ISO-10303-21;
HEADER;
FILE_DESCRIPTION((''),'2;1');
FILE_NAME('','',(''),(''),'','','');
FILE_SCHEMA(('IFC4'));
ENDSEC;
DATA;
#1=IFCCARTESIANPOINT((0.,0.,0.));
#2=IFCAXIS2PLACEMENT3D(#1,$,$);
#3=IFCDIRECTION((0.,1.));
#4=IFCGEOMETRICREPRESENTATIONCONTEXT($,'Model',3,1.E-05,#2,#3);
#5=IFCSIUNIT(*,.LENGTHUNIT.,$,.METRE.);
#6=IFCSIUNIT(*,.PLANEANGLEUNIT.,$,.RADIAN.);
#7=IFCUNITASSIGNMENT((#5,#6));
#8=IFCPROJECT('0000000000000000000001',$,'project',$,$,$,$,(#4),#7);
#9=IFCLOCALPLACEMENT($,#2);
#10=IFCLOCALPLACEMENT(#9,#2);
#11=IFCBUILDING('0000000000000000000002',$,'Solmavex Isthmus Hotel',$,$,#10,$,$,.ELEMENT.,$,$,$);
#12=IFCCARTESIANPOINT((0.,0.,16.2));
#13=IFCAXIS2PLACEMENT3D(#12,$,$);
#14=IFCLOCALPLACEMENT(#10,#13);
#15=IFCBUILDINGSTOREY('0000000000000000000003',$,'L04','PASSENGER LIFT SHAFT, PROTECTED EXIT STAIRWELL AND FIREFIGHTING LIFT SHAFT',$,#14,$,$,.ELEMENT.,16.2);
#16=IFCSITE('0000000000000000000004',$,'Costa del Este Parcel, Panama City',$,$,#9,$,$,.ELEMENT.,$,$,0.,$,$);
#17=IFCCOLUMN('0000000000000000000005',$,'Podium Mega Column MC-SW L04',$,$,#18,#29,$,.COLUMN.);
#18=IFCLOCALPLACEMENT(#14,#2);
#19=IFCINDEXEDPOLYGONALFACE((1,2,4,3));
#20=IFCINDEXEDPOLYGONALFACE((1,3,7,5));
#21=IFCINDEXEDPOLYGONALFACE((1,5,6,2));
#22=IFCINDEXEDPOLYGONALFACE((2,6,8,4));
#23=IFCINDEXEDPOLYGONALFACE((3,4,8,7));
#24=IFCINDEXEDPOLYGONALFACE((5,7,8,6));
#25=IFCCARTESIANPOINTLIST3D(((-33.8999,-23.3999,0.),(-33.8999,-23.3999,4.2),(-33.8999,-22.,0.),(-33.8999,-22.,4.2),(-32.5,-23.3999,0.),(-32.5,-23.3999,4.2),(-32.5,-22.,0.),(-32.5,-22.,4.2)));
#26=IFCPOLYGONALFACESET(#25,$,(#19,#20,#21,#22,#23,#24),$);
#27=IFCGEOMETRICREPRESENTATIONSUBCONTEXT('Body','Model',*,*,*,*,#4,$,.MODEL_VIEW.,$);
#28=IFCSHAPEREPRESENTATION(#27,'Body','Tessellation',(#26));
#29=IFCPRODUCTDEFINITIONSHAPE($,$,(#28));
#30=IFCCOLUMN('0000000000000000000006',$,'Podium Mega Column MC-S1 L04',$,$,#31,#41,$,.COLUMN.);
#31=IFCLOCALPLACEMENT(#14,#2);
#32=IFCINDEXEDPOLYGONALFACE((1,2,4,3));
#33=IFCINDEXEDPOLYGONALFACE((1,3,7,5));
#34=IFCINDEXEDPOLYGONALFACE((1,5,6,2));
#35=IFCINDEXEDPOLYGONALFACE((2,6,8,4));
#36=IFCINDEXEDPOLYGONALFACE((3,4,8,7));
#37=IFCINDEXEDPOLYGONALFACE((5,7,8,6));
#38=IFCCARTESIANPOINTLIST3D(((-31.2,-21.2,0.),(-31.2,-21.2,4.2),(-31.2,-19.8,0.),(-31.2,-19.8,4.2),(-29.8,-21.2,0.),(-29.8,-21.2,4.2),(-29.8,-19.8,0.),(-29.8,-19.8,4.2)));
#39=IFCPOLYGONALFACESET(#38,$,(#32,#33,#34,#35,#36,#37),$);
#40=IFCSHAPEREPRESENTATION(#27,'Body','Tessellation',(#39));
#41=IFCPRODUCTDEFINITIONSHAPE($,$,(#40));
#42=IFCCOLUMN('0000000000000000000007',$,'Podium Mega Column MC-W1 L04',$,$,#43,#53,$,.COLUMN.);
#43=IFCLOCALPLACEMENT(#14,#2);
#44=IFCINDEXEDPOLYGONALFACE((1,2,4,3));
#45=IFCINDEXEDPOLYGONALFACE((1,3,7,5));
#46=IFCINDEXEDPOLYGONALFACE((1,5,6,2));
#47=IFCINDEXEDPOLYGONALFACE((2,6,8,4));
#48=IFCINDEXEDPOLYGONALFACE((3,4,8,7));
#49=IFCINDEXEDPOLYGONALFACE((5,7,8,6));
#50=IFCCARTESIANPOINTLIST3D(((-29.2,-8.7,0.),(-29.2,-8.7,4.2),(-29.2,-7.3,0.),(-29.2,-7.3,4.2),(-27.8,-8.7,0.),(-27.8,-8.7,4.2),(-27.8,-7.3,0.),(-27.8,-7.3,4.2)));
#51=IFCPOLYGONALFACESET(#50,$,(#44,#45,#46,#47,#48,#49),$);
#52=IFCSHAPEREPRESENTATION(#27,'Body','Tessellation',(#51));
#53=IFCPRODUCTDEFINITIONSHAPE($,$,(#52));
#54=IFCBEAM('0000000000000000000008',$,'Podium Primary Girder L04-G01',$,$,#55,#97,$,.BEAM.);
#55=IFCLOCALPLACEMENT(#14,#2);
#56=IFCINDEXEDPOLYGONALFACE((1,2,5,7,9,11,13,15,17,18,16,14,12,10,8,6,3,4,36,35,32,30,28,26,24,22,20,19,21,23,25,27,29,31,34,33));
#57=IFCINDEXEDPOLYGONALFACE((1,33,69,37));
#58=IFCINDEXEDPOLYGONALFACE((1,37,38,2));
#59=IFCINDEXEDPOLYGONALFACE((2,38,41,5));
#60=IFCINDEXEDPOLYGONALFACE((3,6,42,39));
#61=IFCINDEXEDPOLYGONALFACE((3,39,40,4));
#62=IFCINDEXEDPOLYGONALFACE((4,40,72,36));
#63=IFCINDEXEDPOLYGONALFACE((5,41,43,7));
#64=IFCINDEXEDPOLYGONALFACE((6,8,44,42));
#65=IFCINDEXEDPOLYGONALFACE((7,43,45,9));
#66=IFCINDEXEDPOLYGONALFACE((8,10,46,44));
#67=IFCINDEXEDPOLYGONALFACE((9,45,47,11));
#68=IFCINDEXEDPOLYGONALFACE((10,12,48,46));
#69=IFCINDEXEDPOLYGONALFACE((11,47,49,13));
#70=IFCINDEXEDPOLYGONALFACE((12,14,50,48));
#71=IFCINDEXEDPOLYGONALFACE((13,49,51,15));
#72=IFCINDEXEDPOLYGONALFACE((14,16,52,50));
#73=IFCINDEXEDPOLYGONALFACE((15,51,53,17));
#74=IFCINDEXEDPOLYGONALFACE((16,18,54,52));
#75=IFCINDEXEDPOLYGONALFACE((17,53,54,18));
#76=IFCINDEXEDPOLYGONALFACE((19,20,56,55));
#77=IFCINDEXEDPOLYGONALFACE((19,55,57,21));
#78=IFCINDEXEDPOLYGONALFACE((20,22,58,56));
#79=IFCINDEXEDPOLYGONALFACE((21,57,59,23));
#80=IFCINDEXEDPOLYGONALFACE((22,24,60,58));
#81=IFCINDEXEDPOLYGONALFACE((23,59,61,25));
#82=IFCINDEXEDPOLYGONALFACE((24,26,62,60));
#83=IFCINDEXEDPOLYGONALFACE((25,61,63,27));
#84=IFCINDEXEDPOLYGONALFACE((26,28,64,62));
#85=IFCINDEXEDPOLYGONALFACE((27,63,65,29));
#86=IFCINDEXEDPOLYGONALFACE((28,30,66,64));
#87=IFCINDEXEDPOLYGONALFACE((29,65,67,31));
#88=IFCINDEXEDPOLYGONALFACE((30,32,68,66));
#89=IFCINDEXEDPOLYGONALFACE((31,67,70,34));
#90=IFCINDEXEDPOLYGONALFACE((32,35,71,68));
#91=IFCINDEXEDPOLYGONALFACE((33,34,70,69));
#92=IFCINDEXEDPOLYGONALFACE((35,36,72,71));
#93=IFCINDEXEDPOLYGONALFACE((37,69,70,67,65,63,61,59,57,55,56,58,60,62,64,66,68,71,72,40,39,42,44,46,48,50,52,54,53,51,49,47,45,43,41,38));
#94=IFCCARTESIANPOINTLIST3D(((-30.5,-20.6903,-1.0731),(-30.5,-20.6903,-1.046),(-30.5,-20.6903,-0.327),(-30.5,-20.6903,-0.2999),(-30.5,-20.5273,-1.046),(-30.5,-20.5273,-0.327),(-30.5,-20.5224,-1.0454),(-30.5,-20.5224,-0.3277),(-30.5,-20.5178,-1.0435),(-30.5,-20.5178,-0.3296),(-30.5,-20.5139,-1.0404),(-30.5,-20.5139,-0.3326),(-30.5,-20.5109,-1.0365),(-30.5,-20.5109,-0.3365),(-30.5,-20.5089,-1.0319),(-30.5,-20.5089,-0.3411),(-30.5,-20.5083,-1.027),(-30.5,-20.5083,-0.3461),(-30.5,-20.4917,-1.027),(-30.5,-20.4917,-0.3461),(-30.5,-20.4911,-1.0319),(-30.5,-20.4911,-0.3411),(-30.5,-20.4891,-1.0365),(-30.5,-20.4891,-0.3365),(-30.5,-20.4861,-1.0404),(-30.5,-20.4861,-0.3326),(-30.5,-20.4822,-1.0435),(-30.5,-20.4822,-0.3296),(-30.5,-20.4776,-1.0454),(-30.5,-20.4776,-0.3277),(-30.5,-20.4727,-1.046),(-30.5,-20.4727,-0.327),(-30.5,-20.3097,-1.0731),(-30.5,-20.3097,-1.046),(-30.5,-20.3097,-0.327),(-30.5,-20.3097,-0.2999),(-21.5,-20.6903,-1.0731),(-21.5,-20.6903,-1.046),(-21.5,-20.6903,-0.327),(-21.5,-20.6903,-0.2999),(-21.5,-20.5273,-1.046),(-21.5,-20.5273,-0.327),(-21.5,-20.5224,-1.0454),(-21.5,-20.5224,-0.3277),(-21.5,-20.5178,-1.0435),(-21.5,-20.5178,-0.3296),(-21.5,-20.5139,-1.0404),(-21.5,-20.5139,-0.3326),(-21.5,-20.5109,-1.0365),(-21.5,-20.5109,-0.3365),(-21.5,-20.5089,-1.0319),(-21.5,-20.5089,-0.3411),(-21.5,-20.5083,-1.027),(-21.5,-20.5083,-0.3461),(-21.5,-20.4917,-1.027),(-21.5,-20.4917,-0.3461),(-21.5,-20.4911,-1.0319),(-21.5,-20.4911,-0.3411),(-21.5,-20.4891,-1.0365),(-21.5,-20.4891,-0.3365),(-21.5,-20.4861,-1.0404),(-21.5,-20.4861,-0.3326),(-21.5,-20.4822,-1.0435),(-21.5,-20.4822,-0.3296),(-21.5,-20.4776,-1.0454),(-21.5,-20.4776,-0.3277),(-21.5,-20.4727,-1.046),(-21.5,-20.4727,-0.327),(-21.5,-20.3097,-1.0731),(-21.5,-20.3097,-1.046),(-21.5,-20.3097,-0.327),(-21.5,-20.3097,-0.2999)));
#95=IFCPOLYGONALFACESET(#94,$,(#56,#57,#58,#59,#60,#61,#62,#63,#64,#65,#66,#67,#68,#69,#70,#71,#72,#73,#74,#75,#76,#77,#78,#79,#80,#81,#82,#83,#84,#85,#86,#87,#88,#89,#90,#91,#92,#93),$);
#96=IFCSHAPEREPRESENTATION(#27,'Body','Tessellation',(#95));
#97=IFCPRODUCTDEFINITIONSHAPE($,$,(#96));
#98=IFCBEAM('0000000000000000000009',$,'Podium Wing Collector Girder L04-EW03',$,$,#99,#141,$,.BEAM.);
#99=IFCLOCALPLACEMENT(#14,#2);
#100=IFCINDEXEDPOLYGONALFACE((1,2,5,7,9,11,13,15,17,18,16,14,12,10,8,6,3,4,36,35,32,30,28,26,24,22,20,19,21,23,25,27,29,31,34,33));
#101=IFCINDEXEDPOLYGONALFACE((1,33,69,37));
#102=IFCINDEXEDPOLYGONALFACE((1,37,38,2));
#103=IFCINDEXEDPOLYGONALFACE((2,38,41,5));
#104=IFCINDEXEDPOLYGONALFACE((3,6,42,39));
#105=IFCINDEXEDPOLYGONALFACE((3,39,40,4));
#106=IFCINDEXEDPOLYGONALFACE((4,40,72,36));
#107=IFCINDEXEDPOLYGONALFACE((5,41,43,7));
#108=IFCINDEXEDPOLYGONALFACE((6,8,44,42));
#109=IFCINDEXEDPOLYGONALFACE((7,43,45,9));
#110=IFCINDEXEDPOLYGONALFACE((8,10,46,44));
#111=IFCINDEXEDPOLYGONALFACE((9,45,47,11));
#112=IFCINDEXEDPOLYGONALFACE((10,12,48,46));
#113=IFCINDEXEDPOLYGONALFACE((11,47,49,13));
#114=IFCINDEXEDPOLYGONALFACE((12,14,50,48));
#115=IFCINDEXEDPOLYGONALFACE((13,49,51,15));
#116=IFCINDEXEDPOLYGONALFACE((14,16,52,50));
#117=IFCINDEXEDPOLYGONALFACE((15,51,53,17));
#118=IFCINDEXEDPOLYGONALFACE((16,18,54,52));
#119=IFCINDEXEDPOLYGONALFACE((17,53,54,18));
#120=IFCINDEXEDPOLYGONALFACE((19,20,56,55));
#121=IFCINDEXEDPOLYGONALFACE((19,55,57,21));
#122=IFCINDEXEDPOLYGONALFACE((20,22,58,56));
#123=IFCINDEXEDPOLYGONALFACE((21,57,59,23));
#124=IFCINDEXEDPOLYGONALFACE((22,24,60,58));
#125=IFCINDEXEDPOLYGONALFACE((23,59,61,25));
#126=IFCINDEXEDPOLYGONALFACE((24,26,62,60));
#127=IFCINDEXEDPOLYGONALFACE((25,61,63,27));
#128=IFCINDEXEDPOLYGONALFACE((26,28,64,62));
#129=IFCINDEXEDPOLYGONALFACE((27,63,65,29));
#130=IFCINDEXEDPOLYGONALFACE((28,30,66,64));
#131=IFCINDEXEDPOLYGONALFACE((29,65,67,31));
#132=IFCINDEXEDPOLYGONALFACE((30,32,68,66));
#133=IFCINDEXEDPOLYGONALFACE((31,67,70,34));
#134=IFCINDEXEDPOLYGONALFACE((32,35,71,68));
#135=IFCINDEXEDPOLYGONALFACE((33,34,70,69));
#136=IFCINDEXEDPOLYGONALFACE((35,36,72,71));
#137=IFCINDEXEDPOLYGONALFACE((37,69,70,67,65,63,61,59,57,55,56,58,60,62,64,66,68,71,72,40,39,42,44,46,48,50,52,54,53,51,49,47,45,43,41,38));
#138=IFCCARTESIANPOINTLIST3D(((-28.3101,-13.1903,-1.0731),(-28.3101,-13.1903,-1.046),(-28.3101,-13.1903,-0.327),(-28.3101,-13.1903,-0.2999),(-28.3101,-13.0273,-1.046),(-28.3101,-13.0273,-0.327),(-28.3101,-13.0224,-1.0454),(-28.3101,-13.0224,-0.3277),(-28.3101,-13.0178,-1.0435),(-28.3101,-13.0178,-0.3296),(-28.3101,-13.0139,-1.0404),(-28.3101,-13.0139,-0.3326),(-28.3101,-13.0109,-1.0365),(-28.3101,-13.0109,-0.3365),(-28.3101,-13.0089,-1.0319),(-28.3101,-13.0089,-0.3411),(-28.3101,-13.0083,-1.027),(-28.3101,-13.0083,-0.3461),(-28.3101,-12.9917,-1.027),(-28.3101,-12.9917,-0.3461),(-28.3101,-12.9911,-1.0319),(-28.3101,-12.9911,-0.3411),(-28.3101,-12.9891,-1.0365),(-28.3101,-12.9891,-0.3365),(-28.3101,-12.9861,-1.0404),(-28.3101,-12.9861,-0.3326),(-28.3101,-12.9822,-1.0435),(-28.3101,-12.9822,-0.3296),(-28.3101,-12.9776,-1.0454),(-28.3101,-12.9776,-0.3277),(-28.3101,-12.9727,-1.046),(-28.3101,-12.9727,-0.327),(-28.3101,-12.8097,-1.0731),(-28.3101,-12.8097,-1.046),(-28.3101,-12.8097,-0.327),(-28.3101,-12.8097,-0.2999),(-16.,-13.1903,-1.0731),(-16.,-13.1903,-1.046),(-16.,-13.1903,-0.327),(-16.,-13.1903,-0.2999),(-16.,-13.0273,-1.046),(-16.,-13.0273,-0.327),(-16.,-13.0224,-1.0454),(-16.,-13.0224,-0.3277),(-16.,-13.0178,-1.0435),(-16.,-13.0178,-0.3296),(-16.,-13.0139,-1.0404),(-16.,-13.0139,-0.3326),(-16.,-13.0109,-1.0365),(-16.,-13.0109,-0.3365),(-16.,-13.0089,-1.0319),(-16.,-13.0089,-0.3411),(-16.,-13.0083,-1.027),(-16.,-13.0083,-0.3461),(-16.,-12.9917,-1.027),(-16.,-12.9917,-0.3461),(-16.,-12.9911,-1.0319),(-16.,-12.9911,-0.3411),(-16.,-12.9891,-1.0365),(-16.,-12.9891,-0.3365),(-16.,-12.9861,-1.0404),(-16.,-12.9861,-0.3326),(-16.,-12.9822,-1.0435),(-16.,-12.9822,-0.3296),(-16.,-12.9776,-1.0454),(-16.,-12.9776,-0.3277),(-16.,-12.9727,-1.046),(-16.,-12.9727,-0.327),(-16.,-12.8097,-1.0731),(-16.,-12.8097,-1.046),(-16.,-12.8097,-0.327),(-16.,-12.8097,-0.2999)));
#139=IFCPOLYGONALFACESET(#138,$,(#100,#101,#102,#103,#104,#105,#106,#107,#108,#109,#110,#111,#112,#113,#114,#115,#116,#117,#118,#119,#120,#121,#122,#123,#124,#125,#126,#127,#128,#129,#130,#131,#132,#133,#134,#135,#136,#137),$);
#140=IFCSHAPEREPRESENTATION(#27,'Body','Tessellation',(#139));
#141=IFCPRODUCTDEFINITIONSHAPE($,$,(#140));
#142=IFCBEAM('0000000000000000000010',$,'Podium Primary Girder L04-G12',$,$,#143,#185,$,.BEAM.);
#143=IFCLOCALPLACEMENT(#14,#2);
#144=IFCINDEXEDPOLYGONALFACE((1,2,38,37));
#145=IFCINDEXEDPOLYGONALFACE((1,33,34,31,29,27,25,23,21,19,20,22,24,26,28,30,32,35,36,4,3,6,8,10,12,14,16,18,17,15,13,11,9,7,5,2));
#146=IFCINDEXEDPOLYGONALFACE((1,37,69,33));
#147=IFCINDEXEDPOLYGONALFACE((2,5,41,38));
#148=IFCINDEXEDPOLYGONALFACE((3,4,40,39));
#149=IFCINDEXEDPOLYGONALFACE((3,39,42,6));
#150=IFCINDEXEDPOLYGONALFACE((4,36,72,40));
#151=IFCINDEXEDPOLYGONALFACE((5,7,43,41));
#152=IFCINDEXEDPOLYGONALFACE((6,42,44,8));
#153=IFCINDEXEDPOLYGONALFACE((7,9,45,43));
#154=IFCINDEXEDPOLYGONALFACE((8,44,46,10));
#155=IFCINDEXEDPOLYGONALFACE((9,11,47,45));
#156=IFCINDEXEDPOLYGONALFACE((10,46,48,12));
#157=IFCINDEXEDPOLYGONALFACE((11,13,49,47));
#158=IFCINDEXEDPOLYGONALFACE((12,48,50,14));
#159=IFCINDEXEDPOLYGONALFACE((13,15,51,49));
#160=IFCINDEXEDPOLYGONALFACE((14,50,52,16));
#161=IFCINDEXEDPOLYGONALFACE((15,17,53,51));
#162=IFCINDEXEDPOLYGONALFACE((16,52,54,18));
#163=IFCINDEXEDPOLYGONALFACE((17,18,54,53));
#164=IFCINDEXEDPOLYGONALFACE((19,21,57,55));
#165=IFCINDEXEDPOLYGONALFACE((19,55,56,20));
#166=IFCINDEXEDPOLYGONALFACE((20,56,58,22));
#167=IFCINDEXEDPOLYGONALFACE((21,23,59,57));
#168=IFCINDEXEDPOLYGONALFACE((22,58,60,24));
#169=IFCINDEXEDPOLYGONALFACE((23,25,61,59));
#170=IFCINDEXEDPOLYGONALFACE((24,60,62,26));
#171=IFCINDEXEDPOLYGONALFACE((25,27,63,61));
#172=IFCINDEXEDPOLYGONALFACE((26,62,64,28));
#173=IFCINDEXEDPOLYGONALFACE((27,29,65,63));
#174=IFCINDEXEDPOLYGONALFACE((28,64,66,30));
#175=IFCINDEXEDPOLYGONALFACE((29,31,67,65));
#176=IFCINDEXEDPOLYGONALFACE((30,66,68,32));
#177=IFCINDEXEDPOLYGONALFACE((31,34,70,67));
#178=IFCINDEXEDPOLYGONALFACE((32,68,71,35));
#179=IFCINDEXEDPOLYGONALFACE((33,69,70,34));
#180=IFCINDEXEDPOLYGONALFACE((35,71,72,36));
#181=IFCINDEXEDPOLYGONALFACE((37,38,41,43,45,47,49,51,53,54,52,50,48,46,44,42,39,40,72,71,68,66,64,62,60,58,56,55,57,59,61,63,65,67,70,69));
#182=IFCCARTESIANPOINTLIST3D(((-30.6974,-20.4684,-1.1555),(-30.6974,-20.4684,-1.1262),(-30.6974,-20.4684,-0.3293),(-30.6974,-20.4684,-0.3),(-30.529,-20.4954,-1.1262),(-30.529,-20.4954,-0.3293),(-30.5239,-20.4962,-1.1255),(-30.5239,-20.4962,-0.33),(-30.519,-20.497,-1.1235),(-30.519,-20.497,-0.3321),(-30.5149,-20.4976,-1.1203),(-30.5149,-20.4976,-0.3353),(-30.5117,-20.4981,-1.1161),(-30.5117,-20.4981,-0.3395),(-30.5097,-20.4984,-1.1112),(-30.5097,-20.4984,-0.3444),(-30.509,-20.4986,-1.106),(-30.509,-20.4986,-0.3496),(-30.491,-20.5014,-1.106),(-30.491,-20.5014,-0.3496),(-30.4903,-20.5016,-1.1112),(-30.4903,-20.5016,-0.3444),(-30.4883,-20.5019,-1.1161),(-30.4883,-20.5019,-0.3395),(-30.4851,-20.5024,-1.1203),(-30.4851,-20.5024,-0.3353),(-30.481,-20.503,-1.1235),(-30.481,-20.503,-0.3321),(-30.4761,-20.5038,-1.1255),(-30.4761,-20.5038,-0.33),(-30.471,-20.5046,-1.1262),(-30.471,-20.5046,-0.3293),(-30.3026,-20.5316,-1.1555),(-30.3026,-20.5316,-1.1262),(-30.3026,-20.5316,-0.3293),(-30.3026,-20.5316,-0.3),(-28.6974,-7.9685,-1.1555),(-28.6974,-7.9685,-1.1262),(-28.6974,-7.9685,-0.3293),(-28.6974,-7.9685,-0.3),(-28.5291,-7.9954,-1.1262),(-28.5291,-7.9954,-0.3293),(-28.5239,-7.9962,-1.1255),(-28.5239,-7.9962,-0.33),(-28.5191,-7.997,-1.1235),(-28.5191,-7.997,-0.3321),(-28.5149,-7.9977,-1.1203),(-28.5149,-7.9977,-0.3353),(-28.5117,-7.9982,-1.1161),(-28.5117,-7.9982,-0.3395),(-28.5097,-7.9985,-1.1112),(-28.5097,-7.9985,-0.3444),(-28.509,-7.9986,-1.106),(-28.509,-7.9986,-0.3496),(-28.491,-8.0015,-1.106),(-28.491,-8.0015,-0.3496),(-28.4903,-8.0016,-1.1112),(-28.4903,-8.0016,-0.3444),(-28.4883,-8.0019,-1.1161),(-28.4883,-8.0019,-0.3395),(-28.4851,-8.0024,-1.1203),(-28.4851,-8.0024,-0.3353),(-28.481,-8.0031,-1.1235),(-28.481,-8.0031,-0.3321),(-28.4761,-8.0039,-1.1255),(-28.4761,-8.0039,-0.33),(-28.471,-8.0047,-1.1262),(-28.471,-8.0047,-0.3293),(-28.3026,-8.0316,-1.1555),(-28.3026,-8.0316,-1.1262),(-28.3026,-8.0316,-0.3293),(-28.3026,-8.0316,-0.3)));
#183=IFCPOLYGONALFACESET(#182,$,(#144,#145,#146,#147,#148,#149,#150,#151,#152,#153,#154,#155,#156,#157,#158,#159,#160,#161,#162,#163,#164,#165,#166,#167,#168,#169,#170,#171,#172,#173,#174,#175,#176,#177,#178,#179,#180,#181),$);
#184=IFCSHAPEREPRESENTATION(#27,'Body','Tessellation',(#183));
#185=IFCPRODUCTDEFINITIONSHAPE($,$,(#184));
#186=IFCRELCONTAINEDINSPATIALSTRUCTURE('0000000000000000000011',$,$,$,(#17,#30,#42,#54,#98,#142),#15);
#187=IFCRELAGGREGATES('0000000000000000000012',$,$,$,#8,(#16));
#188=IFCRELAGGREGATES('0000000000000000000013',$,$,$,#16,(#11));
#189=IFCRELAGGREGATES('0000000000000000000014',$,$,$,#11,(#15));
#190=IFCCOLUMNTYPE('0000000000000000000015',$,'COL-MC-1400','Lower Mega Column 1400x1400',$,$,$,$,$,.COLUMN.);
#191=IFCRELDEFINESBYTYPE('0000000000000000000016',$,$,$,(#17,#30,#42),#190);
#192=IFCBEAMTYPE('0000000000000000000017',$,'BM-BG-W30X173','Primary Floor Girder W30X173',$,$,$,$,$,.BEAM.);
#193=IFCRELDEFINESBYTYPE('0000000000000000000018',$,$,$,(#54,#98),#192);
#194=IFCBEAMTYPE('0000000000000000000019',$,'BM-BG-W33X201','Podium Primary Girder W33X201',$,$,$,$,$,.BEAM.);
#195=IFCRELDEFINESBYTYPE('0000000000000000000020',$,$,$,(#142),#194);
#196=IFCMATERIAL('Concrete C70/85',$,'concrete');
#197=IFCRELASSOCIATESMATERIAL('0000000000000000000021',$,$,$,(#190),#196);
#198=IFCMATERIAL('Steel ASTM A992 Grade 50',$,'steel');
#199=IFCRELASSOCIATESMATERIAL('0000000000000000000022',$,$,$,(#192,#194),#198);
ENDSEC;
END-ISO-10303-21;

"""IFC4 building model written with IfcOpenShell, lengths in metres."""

from ifc_helpers import new_model, si_unit, direction, frame, origin, origin_2d, place, context, subcontext, project, spatial, rectangle, i_section, extrude, material, material_profile, profile_set, type_object, element, save


model = new_model("IFC4")

# Units and contexts
model_context = context("Model", 3, precision=1e-05, world=origin(), true_north=direction((0.0, 1.0)))
body_context = subcontext(model_context, "Body", "Model", "MODEL_VIEW")
ifc_project = project(units=[si_unit("LENGTHUNIT", "METRE"), si_unit("PLANEANGLEUNIT", "RADIAN")], contexts=[model_context])

# Site, building, storey
site_placement = place(None, origin())
site = spatial("IfcSite", under=ifc_project, at=site_placement, Name="Costa del Este Parcel, Panama City", CompositionType="ELEMENT", RefElevation=0.0)
building_placement = place(site_placement, origin())
building = spatial("IfcBuilding", under=site, at=building_placement, Name="Solmavex Isthmus Hotel", CompositionType="ELEMENT")
storey_placement = place(building_placement, frame((0.0, 0.0, 16.2)))
storey = spatial("IfcBuildingStorey", under=building, at=storey_placement, Name="L04", Description="PASSENGER LIFT SHAFT, PROTECTED EXIT STAIRWELL AND FIREFIGHTING LIFT SHAFT", CompositionType="ELEMENT", Elevation=16.2)

# Columns
ifc_material_1 = material(Name="Concrete C70/85", Category="concrete")
ifc_material_profile_1 = material_profile(ifc_material_1, rectangle(XDim=1.3999, YDim=1.3999, at=origin_2d()), Name="RC1400X1400")
ifc_profile_set_1 = profile_set([ifc_material_profile_1], Name="Concrete C70/85")
column_type = type_object("IfcColumnType", Name="COL-MC-1400", Description="Lower Mega Column 1400x1400", PredefinedType="COLUMN", material=ifc_profile_set_1)
for number, where, z_axis, x_axis, name in (
    (1, (-33.2, -22.7, 0.0), (0.0, 0.0, 1.0), (1.0, 0.0, 0.0), "Podium Mega Column MC-SW L04"),
    (2, (-30.5, -20.5, 0.0), (0.0, 0.0, 1.0), (1.0, 0.0, 0.0), "Podium Mega Column MC-S1 L04"),
    (3, (-28.5, -8.0, 0.0), (0.0, 0.0, 1.0), (1.0, 0.0, 0.0), "Podium Mega Column MC-W1 L04"),
):
    element("IfcColumn", number, at=place(storey_placement, frame(where, z_axis=z_axis, x_axis=x_axis)), inside=storey, type_object=column_type, Name=name, PredefinedType="COLUMN", context=body_context, shape_type="SweptSolid", body=[
        extrude(rectangle(XDim=1.3999, YDim=1.3999, at=origin_2d()), origin(), (0.0, 0.0, 1.0), 4.2),
    ])

# Beams
ifc_material_2 = material(Name="Steel ASTM A992 Grade 50", Category="steel")
ifc_material_profile_2 = material_profile(ifc_material_2, i_section(OverallWidth=0.3806, OverallDepth=0.7732, WebThickness=0.0166, FlangeThickness=0.0271, FilletRadius=0.019, at=origin_2d()), Name="W30X173")
ifc_profile_set_2 = profile_set([ifc_material_profile_2], Name="Steel ASTM A992 Grade 50")
beam_type_1 = type_object("IfcBeamType", Name="BM-BG-W30X173", Description="Primary Floor Girder W30X173", PredefinedType="BEAM", material=ifc_profile_set_2)
beam_1_placement = place(storey_placement, frame((-30.5, -20.5, -0.6865), z_axis=(1.0, 0.0, 0.0), x_axis=(0.0, 1.0, 0.0)))
element("IfcBeam", 4, at=beam_1_placement, inside=storey, type_object=beam_type_1, Name="Podium Primary Girder L04-G01", PredefinedType="BEAM", context=body_context, shape_type="SweptSolid", body=[
    extrude(i_section(OverallWidth=0.3806, OverallDepth=0.7732, WebThickness=0.0166, FlangeThickness=0.0271, FilletRadius=0.019, at=origin_2d()), origin(), (0.0, 0.0, 1.0), 9.0),
])
beam_2_placement = place(storey_placement, frame((-28.3101, -13.0, -0.6865), z_axis=(1.0, 0.0, 0.0), x_axis=(0.0, 1.0, 0.0)))
element("IfcBeam", 5, at=beam_2_placement, inside=storey, type_object=beam_type_1, Name="Podium Wing Collector Girder L04-EW03", PredefinedType="BEAM", context=body_context, shape_type="SweptSolid", body=[
    extrude(i_section(OverallWidth=0.3806, OverallDepth=0.7732, WebThickness=0.0166, FlangeThickness=0.0271, FilletRadius=0.019, at=origin_2d()), origin(), (0.0, 0.0, 1.0), 12.3101),
])
ifc_material_profile_3 = material_profile(ifc_material_2, i_section(OverallWidth=0.3999, OverallDepth=0.8555, WebThickness=0.0183, FlangeThickness=0.0293, FilletRadius=0.0203, at=origin_2d()), Name="W33X201")
ifc_profile_set_3 = profile_set([ifc_material_profile_3], Name="Steel ASTM A992 Grade 50")
beam_type_2 = type_object("IfcBeamType", Name="BM-BG-W33X201", Description="Podium Primary Girder W33X201", PredefinedType="BEAM", material=ifc_profile_set_3)
beam_3_placement = place(storey_placement, frame((-30.5, -20.5, -0.7278), z_axis=(0.157991, 0.987441, 0.0), x_axis=(-0.987441, 0.157991, 0.0)))
element("IfcBeam", 6, at=beam_3_placement, inside=storey, type_object=beam_type_2, Name="Podium Primary Girder L04-G12", PredefinedType="BEAM", context=body_context, shape_type="SweptSolid", body=[
    extrude(i_section(OverallWidth=0.3999, OverallDepth=0.8555, WebThickness=0.0183, FlangeThickness=0.0293, FilletRadius=0.0203, at=origin_2d()), origin(), (0.0, 0.0, 1.0), 12.6589),
])

save(model, "model.ifc")
